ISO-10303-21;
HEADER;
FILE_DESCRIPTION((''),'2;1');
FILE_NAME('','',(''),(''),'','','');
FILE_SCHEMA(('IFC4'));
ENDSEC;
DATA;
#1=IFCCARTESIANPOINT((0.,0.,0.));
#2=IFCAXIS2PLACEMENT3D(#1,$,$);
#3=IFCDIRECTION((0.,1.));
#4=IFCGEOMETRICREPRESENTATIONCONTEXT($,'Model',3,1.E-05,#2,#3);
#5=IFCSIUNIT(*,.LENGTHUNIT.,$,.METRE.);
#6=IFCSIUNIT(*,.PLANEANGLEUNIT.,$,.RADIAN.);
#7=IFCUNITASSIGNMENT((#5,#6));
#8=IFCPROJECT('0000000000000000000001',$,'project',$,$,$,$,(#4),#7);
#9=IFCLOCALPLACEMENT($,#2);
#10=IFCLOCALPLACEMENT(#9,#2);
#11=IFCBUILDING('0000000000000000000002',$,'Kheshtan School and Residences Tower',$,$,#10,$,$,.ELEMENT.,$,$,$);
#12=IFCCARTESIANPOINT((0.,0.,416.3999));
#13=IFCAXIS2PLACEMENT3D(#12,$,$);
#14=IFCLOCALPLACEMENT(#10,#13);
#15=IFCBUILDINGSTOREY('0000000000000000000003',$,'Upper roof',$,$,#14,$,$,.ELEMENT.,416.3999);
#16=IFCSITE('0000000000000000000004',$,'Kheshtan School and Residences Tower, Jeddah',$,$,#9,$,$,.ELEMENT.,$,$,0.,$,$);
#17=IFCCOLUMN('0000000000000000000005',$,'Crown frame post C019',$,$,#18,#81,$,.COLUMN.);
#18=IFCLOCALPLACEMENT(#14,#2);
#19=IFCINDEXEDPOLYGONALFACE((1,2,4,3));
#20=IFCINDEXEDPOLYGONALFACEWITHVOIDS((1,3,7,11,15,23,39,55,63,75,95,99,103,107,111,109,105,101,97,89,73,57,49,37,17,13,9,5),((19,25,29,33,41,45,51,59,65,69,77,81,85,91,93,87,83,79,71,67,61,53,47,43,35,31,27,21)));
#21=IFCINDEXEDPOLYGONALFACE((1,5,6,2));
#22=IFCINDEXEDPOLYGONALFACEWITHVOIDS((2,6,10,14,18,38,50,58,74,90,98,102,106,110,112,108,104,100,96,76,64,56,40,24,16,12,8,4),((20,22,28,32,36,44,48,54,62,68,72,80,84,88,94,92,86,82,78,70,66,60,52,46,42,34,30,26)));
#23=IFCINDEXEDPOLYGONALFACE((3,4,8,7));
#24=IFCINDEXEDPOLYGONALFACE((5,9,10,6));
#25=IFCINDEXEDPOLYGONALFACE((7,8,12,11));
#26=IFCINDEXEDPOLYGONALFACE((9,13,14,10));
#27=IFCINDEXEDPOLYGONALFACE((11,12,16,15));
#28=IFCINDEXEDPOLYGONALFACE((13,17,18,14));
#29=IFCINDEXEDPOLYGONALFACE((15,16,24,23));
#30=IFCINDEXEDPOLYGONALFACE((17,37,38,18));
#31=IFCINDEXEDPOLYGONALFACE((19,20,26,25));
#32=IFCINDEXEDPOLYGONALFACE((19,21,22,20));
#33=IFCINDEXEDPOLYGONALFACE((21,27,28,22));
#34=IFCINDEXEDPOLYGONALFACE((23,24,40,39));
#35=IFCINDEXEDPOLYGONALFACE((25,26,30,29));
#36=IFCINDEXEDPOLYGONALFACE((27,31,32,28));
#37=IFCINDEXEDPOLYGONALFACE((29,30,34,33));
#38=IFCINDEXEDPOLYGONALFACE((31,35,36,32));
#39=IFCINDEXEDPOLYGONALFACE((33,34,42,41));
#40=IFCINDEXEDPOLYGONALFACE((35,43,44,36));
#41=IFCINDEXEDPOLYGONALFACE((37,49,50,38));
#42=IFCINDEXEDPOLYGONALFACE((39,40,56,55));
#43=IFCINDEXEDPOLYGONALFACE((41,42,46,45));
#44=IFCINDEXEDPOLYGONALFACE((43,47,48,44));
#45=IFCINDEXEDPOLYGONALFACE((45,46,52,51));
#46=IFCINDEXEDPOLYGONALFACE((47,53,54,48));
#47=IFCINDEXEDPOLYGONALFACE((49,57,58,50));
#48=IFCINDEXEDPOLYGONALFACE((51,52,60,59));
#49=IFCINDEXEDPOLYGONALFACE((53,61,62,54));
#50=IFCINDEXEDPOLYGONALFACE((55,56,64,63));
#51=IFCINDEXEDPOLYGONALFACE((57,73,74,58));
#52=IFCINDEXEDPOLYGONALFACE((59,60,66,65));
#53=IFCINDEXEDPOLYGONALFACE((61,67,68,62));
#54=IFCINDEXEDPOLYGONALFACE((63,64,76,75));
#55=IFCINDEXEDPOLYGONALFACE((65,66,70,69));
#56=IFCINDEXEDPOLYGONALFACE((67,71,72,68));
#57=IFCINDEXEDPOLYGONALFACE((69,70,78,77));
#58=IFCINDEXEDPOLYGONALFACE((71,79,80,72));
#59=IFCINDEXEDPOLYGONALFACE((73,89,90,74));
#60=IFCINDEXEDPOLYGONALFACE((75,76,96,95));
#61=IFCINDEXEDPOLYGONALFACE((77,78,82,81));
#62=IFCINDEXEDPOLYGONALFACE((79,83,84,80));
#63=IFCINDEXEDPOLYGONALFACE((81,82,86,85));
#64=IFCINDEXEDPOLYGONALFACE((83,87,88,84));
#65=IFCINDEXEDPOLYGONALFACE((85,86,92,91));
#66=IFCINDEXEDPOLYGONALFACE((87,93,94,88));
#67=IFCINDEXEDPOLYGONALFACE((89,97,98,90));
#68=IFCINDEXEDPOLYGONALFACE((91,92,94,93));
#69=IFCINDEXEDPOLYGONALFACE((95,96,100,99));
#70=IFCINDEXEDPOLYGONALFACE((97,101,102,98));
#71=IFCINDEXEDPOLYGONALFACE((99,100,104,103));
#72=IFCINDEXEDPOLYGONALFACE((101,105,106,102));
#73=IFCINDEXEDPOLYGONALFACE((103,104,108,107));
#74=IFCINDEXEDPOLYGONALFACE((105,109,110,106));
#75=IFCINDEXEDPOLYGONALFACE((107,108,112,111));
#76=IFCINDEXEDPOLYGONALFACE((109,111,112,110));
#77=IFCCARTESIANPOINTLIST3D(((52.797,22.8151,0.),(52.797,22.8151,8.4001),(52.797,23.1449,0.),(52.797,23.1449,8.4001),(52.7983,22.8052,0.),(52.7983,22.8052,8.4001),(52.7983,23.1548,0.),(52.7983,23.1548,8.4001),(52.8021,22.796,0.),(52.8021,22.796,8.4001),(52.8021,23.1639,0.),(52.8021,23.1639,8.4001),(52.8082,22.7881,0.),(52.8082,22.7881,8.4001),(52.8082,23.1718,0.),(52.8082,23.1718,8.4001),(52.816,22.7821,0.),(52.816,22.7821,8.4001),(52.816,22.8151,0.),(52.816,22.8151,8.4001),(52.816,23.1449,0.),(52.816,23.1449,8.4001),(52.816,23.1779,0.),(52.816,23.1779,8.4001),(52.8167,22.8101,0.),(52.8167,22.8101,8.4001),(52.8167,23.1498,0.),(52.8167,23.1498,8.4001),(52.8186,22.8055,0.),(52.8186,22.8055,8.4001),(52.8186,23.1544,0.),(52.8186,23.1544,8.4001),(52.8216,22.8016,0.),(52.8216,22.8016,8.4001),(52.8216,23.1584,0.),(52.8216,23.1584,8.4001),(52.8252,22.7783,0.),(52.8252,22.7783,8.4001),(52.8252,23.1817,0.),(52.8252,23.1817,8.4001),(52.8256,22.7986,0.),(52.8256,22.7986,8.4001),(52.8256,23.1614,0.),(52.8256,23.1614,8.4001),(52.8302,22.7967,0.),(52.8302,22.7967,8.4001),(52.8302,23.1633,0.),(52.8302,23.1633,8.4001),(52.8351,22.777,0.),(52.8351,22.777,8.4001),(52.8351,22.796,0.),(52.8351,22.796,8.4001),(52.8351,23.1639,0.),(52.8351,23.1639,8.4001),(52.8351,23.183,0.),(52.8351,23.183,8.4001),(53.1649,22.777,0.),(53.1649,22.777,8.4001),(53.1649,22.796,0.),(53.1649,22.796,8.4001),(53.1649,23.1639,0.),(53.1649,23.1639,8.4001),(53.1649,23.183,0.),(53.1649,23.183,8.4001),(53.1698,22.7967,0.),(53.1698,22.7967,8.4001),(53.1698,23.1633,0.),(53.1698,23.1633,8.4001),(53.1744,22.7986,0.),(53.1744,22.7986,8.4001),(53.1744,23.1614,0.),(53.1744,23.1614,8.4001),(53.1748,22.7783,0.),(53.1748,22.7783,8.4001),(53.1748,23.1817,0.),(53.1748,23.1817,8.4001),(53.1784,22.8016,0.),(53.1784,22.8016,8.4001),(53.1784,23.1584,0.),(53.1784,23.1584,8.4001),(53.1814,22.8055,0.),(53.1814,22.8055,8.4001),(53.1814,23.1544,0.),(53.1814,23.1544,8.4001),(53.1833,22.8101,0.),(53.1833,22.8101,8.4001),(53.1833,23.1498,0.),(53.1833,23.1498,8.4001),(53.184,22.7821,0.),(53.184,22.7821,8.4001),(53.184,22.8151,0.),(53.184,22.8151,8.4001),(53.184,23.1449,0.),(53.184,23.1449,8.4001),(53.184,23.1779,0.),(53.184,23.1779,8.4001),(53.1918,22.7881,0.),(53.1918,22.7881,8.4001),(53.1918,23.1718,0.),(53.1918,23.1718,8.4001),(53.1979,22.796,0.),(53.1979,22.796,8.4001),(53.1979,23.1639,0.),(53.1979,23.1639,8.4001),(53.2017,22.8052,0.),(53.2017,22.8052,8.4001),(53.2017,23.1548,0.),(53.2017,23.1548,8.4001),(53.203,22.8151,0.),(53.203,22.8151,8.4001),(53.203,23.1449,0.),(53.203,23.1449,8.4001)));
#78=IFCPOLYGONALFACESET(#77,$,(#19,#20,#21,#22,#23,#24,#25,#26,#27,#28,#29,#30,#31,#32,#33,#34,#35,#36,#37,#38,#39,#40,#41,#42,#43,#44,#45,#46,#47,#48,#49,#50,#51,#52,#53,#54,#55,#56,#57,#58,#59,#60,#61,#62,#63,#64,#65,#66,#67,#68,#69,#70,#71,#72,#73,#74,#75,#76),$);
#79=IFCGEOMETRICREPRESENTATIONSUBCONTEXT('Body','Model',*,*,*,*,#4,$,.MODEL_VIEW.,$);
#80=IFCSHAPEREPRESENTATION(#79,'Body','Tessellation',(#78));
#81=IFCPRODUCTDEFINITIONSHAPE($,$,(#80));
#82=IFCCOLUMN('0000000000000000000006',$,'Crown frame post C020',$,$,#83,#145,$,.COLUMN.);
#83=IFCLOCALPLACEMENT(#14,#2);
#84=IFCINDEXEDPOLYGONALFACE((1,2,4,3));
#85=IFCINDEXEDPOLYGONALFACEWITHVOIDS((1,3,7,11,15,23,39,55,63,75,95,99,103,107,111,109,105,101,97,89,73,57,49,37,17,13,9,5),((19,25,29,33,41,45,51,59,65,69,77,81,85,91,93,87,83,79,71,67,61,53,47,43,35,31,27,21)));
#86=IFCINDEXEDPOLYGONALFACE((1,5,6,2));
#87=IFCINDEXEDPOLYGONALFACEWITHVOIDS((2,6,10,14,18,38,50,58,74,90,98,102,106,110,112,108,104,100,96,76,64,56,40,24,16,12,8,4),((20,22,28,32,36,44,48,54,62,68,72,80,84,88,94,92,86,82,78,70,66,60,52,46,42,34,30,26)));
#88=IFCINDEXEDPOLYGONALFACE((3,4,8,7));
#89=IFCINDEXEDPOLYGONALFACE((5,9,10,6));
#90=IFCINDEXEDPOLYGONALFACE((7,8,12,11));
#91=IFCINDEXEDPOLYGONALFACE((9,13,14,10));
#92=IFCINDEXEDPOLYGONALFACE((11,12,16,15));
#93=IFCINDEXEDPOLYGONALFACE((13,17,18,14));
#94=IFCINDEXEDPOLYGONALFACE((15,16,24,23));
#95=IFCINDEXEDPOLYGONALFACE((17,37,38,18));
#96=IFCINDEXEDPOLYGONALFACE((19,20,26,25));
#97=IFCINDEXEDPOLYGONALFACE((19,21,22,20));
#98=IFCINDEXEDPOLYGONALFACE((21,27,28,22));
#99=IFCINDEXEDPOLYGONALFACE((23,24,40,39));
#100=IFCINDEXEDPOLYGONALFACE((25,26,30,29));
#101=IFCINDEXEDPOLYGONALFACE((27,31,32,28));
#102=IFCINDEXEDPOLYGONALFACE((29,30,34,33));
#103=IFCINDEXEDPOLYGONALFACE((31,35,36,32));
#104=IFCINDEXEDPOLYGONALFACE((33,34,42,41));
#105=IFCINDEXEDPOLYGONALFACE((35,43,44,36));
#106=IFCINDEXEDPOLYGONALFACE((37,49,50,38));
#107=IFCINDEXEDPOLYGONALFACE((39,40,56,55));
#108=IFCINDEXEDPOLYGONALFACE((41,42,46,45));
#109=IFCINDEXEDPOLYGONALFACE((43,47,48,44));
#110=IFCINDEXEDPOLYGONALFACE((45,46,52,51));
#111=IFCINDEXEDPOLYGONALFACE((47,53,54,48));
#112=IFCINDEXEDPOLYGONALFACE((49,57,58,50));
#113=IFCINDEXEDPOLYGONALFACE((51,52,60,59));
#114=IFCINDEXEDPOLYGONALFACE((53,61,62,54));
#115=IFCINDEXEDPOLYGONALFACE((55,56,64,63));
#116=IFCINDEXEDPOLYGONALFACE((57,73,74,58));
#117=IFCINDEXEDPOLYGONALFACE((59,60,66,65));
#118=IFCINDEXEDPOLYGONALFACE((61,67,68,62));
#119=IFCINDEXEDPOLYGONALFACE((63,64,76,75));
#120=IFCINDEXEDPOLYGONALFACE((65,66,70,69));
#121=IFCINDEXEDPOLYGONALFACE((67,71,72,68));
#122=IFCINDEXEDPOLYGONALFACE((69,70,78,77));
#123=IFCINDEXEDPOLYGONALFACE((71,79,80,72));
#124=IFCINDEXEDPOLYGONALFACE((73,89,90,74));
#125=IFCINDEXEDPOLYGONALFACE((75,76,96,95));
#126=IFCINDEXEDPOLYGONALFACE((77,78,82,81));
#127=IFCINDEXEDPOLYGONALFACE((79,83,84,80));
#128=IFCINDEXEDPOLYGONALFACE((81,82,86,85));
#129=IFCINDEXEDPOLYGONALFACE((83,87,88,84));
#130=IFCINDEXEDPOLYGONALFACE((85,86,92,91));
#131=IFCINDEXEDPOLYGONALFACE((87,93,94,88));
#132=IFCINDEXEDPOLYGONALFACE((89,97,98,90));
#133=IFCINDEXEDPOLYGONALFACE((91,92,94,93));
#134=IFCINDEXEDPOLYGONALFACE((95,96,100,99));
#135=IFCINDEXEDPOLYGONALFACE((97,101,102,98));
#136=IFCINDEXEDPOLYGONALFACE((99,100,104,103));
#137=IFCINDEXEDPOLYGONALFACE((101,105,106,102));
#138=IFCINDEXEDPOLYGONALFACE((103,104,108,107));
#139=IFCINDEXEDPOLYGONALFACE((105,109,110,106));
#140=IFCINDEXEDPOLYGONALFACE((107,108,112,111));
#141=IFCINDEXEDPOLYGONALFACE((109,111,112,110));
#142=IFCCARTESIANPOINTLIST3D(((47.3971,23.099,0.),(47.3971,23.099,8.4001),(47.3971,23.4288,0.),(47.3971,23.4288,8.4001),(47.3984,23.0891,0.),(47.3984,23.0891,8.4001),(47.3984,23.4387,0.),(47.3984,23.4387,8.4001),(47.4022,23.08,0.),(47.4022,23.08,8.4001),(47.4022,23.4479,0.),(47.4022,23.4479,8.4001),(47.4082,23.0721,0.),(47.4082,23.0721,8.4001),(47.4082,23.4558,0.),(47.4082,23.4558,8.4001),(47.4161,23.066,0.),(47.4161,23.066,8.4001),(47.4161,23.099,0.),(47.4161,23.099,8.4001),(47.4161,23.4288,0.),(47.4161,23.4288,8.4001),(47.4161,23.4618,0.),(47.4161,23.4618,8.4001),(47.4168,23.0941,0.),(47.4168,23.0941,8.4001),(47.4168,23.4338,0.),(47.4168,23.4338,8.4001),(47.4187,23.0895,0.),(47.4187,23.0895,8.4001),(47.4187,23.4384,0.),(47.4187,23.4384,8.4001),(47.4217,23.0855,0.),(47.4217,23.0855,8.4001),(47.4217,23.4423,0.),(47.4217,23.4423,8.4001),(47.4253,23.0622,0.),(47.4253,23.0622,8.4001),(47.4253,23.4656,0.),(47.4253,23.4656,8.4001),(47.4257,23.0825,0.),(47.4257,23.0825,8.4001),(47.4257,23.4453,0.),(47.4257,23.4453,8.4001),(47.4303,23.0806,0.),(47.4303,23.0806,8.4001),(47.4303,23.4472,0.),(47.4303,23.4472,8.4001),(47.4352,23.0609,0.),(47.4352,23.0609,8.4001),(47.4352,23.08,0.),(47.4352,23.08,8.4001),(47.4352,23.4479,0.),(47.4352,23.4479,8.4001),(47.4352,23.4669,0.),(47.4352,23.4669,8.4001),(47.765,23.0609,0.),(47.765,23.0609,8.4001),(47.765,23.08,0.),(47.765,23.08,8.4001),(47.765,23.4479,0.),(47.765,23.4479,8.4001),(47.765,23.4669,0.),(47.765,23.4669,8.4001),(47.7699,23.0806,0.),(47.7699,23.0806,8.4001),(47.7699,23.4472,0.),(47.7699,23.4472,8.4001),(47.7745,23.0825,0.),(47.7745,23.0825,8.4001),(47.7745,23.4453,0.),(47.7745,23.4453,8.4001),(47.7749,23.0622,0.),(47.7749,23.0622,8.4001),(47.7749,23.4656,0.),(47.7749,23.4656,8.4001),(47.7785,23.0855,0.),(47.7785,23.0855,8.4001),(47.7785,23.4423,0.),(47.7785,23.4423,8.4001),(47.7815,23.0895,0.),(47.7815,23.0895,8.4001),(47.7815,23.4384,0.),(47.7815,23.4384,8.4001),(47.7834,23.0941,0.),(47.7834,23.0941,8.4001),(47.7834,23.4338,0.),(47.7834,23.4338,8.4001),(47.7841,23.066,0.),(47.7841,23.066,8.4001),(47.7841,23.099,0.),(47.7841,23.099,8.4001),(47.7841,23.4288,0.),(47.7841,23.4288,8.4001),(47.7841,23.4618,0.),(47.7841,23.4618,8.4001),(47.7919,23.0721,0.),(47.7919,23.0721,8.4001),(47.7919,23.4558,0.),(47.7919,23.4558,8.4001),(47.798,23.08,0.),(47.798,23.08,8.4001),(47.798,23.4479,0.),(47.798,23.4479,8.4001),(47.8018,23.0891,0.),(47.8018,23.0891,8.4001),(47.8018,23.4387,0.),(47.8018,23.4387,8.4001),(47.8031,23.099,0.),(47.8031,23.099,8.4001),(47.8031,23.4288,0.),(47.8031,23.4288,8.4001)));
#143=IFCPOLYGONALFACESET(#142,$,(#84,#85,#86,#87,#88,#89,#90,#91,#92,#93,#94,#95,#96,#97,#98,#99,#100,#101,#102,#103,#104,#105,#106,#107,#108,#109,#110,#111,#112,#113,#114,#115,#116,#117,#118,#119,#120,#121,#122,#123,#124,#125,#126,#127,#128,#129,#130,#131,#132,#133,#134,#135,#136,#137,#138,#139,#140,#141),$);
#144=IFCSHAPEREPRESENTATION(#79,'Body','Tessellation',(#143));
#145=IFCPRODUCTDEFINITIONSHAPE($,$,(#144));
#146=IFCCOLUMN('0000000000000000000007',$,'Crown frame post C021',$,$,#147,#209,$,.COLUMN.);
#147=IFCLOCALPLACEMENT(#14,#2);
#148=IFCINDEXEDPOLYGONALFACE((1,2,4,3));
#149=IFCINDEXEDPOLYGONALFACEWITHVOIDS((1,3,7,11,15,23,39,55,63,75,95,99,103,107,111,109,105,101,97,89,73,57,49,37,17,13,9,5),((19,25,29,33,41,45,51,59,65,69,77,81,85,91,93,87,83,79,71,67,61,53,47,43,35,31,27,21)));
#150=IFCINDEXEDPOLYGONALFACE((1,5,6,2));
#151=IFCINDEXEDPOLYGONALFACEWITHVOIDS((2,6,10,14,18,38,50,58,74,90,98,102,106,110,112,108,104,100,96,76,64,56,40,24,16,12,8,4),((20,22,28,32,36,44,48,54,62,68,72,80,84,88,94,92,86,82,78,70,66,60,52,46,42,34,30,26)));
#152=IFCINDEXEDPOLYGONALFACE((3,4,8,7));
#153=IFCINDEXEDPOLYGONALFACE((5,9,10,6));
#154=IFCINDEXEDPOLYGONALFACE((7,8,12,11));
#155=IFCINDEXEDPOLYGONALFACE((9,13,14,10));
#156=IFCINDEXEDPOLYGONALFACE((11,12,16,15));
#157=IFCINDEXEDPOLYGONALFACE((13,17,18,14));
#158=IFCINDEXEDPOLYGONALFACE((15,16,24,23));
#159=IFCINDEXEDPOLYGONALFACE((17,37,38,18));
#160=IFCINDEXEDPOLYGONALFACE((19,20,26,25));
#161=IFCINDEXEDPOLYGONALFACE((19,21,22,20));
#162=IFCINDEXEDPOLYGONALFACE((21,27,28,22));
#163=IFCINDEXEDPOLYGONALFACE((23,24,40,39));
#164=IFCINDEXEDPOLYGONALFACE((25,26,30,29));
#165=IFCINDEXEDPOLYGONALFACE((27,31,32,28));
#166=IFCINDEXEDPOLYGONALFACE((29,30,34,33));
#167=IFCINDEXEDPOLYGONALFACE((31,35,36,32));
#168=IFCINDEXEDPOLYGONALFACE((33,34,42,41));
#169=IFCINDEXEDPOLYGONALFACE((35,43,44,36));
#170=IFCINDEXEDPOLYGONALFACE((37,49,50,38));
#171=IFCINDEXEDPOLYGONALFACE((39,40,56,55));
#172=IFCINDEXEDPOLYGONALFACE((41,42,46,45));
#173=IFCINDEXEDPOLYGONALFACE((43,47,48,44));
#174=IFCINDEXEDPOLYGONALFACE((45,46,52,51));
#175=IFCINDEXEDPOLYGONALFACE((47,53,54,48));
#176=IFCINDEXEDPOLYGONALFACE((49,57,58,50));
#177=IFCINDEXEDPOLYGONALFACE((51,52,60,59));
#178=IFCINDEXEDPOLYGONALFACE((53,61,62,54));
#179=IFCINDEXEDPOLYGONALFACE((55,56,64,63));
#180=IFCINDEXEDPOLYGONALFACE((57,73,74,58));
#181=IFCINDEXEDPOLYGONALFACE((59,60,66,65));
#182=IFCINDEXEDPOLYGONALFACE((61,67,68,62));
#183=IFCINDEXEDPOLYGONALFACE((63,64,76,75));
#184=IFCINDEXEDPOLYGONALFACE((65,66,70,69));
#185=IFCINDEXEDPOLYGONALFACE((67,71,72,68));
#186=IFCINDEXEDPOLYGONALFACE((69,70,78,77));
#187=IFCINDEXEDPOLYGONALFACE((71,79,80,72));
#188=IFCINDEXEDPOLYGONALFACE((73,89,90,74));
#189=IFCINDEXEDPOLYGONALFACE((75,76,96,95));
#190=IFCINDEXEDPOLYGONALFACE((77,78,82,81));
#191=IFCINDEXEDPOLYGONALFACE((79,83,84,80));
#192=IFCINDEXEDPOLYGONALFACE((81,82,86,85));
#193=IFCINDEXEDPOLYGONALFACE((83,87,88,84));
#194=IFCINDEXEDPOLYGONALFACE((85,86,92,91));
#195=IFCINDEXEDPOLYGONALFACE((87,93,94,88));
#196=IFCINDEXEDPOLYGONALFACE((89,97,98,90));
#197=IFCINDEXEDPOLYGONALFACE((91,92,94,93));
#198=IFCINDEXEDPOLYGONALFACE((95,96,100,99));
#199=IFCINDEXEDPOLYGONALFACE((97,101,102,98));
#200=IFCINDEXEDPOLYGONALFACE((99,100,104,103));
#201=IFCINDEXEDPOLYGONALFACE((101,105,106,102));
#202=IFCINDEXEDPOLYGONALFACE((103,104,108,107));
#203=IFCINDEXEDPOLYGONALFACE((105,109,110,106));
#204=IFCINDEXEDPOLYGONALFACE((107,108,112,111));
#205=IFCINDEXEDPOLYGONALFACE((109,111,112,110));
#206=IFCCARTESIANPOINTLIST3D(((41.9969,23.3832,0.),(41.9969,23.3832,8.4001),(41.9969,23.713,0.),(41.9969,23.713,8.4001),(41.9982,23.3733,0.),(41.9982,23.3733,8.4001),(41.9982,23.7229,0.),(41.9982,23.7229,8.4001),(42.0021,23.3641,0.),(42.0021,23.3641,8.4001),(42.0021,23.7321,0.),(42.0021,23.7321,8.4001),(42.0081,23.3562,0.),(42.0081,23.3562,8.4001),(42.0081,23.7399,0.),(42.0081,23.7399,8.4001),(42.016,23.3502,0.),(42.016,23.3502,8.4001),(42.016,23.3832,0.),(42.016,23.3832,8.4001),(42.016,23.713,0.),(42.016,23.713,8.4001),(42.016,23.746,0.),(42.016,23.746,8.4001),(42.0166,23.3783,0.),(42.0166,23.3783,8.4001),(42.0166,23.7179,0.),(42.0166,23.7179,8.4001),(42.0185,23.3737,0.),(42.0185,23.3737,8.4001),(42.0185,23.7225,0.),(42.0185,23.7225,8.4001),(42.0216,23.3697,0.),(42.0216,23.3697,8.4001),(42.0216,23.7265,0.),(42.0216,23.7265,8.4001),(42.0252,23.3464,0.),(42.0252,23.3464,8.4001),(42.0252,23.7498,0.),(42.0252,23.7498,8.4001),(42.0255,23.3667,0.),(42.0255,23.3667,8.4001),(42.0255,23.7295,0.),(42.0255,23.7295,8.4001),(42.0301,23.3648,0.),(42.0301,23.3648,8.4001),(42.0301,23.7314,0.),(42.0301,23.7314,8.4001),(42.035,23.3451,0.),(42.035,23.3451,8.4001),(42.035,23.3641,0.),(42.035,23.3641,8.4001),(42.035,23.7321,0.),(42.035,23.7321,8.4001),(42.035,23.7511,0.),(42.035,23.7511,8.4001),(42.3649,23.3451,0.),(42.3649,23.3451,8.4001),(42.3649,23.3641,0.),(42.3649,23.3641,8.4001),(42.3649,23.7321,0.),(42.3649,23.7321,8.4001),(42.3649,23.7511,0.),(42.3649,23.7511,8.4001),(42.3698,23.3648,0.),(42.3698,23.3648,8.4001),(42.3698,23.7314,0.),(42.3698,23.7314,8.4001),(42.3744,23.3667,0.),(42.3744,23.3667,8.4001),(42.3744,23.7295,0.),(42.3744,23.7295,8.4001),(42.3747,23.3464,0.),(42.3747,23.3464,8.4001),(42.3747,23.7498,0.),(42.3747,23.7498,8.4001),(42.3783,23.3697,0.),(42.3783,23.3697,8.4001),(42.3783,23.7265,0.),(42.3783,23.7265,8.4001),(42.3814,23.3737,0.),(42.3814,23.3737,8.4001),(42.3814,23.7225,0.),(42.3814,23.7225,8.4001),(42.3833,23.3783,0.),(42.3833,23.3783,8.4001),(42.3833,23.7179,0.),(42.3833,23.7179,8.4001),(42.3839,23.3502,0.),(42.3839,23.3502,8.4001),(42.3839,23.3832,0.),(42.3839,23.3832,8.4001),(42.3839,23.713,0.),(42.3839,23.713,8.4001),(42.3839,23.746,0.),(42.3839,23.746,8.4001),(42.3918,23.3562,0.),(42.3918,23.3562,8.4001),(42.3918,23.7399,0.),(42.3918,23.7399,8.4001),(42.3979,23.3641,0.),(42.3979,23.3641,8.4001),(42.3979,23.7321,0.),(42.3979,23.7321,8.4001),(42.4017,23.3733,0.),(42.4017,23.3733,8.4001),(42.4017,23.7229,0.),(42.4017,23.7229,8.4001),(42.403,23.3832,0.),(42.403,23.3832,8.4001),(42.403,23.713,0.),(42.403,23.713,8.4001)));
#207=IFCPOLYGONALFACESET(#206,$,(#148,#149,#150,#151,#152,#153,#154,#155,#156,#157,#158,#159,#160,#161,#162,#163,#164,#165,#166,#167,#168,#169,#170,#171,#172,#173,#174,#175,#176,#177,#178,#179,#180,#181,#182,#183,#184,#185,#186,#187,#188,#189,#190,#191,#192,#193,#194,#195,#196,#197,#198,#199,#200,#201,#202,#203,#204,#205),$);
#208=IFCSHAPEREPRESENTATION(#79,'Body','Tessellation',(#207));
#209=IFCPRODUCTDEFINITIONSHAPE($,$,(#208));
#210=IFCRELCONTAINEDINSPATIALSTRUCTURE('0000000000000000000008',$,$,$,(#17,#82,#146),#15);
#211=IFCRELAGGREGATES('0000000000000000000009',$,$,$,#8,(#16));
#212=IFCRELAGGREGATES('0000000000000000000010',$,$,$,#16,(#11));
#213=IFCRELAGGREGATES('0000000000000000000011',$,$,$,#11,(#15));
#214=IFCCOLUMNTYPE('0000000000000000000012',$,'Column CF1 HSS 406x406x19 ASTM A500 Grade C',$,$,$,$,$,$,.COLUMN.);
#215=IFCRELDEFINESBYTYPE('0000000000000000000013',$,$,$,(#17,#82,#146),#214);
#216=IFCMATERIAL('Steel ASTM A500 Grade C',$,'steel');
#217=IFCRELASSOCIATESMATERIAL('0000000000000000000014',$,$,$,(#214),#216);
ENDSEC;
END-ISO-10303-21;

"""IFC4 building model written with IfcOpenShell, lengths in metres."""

from ifc_helpers import new_model, si_unit, direction, frame, origin, origin_2d, place, context, subcontext, project, spatial, hollow_rectangle, extrude, material, material_profile, profile_set, type_object, element, save


model = new_model("IFC4")

# Units and contexts
model_context = context("Model", 3, precision=1e-05, world=origin(), true_north=direction((0.0, 1.0)))
body_context = subcontext(model_context, "Body", "Model", "MODEL_VIEW")
ifc_project = project(units=[si_unit("LENGTHUNIT", "METRE"), si_unit("PLANEANGLEUNIT", "RADIAN")], contexts=[model_context])

# Site, building, storey
site_placement = place(None, origin())
site = spatial("IfcSite", under=ifc_project, at=site_placement, Name="Kheshtan School and Residences Tower, Jeddah", CompositionType="ELEMENT", RefElevation=0.0)
building_placement = place(site_placement, origin())
building = spatial("IfcBuilding", under=site, at=building_placement, Name="Kheshtan School and Residences Tower", CompositionType="ELEMENT")
storey_placement = place(building_placement, frame((0.0, 0.0, 416.3999)))
storey = spatial("IfcBuildingStorey", under=building, at=storey_placement, Name="Upper roof", CompositionType="ELEMENT", Elevation=416.3999)

# Columns
ifc_material_1 = material(Name="Steel ASTM A500 Grade C", Category="steel")
ifc_material_profile = material_profile(ifc_material_1, hollow_rectangle(XDim=0.406, YDim=0.406, WallThickness=0.019, InnerFilletRadius=0.019, OuterFilletRadius=0.0381, at=origin_2d()), Name="HSS 406x406x19")
ifc_profile_set = profile_set([ifc_material_profile], Name="Steel ASTM A500 Grade C")
column_type = type_object("IfcColumnType", Name="Column CF1 HSS 406x406x19 ASTM A500 Grade C", PredefinedType="COLUMN", material=ifc_profile_set)
for number, where, z_axis, x_axis, name in (
    (1, (53.0, 22.98, 0.0), (0.0, 0.0, 1.0), (1.0, 0.0, 0.0), "Crown frame post C019"),
    (2, (47.6001, 23.2639, 0.0), (0.0, 0.0, 1.0), (1.0, 0.0, 0.0), "Crown frame post C020"),
    (3, (42.2, 23.5481, 0.0), (0.0, 0.0, 1.0), (1.0, 0.0, 0.0), "Crown frame post C021"),
):
    element("IfcColumn", number, at=place(storey_placement, frame(where, z_axis=z_axis, x_axis=x_axis)), inside=storey, type_object=column_type, Name=name, PredefinedType="COLUMN", context=body_context, shape_type="SweptSolid", body=[
        extrude(hollow_rectangle(XDim=0.406, YDim=0.406, WallThickness=0.019, InnerFilletRadius=0.019, OuterFilletRadius=0.0381, at=origin_2d()), origin(), (0.0, 0.0, 1.0), 8.4001),
    ])

save(model, "model.ifc")
